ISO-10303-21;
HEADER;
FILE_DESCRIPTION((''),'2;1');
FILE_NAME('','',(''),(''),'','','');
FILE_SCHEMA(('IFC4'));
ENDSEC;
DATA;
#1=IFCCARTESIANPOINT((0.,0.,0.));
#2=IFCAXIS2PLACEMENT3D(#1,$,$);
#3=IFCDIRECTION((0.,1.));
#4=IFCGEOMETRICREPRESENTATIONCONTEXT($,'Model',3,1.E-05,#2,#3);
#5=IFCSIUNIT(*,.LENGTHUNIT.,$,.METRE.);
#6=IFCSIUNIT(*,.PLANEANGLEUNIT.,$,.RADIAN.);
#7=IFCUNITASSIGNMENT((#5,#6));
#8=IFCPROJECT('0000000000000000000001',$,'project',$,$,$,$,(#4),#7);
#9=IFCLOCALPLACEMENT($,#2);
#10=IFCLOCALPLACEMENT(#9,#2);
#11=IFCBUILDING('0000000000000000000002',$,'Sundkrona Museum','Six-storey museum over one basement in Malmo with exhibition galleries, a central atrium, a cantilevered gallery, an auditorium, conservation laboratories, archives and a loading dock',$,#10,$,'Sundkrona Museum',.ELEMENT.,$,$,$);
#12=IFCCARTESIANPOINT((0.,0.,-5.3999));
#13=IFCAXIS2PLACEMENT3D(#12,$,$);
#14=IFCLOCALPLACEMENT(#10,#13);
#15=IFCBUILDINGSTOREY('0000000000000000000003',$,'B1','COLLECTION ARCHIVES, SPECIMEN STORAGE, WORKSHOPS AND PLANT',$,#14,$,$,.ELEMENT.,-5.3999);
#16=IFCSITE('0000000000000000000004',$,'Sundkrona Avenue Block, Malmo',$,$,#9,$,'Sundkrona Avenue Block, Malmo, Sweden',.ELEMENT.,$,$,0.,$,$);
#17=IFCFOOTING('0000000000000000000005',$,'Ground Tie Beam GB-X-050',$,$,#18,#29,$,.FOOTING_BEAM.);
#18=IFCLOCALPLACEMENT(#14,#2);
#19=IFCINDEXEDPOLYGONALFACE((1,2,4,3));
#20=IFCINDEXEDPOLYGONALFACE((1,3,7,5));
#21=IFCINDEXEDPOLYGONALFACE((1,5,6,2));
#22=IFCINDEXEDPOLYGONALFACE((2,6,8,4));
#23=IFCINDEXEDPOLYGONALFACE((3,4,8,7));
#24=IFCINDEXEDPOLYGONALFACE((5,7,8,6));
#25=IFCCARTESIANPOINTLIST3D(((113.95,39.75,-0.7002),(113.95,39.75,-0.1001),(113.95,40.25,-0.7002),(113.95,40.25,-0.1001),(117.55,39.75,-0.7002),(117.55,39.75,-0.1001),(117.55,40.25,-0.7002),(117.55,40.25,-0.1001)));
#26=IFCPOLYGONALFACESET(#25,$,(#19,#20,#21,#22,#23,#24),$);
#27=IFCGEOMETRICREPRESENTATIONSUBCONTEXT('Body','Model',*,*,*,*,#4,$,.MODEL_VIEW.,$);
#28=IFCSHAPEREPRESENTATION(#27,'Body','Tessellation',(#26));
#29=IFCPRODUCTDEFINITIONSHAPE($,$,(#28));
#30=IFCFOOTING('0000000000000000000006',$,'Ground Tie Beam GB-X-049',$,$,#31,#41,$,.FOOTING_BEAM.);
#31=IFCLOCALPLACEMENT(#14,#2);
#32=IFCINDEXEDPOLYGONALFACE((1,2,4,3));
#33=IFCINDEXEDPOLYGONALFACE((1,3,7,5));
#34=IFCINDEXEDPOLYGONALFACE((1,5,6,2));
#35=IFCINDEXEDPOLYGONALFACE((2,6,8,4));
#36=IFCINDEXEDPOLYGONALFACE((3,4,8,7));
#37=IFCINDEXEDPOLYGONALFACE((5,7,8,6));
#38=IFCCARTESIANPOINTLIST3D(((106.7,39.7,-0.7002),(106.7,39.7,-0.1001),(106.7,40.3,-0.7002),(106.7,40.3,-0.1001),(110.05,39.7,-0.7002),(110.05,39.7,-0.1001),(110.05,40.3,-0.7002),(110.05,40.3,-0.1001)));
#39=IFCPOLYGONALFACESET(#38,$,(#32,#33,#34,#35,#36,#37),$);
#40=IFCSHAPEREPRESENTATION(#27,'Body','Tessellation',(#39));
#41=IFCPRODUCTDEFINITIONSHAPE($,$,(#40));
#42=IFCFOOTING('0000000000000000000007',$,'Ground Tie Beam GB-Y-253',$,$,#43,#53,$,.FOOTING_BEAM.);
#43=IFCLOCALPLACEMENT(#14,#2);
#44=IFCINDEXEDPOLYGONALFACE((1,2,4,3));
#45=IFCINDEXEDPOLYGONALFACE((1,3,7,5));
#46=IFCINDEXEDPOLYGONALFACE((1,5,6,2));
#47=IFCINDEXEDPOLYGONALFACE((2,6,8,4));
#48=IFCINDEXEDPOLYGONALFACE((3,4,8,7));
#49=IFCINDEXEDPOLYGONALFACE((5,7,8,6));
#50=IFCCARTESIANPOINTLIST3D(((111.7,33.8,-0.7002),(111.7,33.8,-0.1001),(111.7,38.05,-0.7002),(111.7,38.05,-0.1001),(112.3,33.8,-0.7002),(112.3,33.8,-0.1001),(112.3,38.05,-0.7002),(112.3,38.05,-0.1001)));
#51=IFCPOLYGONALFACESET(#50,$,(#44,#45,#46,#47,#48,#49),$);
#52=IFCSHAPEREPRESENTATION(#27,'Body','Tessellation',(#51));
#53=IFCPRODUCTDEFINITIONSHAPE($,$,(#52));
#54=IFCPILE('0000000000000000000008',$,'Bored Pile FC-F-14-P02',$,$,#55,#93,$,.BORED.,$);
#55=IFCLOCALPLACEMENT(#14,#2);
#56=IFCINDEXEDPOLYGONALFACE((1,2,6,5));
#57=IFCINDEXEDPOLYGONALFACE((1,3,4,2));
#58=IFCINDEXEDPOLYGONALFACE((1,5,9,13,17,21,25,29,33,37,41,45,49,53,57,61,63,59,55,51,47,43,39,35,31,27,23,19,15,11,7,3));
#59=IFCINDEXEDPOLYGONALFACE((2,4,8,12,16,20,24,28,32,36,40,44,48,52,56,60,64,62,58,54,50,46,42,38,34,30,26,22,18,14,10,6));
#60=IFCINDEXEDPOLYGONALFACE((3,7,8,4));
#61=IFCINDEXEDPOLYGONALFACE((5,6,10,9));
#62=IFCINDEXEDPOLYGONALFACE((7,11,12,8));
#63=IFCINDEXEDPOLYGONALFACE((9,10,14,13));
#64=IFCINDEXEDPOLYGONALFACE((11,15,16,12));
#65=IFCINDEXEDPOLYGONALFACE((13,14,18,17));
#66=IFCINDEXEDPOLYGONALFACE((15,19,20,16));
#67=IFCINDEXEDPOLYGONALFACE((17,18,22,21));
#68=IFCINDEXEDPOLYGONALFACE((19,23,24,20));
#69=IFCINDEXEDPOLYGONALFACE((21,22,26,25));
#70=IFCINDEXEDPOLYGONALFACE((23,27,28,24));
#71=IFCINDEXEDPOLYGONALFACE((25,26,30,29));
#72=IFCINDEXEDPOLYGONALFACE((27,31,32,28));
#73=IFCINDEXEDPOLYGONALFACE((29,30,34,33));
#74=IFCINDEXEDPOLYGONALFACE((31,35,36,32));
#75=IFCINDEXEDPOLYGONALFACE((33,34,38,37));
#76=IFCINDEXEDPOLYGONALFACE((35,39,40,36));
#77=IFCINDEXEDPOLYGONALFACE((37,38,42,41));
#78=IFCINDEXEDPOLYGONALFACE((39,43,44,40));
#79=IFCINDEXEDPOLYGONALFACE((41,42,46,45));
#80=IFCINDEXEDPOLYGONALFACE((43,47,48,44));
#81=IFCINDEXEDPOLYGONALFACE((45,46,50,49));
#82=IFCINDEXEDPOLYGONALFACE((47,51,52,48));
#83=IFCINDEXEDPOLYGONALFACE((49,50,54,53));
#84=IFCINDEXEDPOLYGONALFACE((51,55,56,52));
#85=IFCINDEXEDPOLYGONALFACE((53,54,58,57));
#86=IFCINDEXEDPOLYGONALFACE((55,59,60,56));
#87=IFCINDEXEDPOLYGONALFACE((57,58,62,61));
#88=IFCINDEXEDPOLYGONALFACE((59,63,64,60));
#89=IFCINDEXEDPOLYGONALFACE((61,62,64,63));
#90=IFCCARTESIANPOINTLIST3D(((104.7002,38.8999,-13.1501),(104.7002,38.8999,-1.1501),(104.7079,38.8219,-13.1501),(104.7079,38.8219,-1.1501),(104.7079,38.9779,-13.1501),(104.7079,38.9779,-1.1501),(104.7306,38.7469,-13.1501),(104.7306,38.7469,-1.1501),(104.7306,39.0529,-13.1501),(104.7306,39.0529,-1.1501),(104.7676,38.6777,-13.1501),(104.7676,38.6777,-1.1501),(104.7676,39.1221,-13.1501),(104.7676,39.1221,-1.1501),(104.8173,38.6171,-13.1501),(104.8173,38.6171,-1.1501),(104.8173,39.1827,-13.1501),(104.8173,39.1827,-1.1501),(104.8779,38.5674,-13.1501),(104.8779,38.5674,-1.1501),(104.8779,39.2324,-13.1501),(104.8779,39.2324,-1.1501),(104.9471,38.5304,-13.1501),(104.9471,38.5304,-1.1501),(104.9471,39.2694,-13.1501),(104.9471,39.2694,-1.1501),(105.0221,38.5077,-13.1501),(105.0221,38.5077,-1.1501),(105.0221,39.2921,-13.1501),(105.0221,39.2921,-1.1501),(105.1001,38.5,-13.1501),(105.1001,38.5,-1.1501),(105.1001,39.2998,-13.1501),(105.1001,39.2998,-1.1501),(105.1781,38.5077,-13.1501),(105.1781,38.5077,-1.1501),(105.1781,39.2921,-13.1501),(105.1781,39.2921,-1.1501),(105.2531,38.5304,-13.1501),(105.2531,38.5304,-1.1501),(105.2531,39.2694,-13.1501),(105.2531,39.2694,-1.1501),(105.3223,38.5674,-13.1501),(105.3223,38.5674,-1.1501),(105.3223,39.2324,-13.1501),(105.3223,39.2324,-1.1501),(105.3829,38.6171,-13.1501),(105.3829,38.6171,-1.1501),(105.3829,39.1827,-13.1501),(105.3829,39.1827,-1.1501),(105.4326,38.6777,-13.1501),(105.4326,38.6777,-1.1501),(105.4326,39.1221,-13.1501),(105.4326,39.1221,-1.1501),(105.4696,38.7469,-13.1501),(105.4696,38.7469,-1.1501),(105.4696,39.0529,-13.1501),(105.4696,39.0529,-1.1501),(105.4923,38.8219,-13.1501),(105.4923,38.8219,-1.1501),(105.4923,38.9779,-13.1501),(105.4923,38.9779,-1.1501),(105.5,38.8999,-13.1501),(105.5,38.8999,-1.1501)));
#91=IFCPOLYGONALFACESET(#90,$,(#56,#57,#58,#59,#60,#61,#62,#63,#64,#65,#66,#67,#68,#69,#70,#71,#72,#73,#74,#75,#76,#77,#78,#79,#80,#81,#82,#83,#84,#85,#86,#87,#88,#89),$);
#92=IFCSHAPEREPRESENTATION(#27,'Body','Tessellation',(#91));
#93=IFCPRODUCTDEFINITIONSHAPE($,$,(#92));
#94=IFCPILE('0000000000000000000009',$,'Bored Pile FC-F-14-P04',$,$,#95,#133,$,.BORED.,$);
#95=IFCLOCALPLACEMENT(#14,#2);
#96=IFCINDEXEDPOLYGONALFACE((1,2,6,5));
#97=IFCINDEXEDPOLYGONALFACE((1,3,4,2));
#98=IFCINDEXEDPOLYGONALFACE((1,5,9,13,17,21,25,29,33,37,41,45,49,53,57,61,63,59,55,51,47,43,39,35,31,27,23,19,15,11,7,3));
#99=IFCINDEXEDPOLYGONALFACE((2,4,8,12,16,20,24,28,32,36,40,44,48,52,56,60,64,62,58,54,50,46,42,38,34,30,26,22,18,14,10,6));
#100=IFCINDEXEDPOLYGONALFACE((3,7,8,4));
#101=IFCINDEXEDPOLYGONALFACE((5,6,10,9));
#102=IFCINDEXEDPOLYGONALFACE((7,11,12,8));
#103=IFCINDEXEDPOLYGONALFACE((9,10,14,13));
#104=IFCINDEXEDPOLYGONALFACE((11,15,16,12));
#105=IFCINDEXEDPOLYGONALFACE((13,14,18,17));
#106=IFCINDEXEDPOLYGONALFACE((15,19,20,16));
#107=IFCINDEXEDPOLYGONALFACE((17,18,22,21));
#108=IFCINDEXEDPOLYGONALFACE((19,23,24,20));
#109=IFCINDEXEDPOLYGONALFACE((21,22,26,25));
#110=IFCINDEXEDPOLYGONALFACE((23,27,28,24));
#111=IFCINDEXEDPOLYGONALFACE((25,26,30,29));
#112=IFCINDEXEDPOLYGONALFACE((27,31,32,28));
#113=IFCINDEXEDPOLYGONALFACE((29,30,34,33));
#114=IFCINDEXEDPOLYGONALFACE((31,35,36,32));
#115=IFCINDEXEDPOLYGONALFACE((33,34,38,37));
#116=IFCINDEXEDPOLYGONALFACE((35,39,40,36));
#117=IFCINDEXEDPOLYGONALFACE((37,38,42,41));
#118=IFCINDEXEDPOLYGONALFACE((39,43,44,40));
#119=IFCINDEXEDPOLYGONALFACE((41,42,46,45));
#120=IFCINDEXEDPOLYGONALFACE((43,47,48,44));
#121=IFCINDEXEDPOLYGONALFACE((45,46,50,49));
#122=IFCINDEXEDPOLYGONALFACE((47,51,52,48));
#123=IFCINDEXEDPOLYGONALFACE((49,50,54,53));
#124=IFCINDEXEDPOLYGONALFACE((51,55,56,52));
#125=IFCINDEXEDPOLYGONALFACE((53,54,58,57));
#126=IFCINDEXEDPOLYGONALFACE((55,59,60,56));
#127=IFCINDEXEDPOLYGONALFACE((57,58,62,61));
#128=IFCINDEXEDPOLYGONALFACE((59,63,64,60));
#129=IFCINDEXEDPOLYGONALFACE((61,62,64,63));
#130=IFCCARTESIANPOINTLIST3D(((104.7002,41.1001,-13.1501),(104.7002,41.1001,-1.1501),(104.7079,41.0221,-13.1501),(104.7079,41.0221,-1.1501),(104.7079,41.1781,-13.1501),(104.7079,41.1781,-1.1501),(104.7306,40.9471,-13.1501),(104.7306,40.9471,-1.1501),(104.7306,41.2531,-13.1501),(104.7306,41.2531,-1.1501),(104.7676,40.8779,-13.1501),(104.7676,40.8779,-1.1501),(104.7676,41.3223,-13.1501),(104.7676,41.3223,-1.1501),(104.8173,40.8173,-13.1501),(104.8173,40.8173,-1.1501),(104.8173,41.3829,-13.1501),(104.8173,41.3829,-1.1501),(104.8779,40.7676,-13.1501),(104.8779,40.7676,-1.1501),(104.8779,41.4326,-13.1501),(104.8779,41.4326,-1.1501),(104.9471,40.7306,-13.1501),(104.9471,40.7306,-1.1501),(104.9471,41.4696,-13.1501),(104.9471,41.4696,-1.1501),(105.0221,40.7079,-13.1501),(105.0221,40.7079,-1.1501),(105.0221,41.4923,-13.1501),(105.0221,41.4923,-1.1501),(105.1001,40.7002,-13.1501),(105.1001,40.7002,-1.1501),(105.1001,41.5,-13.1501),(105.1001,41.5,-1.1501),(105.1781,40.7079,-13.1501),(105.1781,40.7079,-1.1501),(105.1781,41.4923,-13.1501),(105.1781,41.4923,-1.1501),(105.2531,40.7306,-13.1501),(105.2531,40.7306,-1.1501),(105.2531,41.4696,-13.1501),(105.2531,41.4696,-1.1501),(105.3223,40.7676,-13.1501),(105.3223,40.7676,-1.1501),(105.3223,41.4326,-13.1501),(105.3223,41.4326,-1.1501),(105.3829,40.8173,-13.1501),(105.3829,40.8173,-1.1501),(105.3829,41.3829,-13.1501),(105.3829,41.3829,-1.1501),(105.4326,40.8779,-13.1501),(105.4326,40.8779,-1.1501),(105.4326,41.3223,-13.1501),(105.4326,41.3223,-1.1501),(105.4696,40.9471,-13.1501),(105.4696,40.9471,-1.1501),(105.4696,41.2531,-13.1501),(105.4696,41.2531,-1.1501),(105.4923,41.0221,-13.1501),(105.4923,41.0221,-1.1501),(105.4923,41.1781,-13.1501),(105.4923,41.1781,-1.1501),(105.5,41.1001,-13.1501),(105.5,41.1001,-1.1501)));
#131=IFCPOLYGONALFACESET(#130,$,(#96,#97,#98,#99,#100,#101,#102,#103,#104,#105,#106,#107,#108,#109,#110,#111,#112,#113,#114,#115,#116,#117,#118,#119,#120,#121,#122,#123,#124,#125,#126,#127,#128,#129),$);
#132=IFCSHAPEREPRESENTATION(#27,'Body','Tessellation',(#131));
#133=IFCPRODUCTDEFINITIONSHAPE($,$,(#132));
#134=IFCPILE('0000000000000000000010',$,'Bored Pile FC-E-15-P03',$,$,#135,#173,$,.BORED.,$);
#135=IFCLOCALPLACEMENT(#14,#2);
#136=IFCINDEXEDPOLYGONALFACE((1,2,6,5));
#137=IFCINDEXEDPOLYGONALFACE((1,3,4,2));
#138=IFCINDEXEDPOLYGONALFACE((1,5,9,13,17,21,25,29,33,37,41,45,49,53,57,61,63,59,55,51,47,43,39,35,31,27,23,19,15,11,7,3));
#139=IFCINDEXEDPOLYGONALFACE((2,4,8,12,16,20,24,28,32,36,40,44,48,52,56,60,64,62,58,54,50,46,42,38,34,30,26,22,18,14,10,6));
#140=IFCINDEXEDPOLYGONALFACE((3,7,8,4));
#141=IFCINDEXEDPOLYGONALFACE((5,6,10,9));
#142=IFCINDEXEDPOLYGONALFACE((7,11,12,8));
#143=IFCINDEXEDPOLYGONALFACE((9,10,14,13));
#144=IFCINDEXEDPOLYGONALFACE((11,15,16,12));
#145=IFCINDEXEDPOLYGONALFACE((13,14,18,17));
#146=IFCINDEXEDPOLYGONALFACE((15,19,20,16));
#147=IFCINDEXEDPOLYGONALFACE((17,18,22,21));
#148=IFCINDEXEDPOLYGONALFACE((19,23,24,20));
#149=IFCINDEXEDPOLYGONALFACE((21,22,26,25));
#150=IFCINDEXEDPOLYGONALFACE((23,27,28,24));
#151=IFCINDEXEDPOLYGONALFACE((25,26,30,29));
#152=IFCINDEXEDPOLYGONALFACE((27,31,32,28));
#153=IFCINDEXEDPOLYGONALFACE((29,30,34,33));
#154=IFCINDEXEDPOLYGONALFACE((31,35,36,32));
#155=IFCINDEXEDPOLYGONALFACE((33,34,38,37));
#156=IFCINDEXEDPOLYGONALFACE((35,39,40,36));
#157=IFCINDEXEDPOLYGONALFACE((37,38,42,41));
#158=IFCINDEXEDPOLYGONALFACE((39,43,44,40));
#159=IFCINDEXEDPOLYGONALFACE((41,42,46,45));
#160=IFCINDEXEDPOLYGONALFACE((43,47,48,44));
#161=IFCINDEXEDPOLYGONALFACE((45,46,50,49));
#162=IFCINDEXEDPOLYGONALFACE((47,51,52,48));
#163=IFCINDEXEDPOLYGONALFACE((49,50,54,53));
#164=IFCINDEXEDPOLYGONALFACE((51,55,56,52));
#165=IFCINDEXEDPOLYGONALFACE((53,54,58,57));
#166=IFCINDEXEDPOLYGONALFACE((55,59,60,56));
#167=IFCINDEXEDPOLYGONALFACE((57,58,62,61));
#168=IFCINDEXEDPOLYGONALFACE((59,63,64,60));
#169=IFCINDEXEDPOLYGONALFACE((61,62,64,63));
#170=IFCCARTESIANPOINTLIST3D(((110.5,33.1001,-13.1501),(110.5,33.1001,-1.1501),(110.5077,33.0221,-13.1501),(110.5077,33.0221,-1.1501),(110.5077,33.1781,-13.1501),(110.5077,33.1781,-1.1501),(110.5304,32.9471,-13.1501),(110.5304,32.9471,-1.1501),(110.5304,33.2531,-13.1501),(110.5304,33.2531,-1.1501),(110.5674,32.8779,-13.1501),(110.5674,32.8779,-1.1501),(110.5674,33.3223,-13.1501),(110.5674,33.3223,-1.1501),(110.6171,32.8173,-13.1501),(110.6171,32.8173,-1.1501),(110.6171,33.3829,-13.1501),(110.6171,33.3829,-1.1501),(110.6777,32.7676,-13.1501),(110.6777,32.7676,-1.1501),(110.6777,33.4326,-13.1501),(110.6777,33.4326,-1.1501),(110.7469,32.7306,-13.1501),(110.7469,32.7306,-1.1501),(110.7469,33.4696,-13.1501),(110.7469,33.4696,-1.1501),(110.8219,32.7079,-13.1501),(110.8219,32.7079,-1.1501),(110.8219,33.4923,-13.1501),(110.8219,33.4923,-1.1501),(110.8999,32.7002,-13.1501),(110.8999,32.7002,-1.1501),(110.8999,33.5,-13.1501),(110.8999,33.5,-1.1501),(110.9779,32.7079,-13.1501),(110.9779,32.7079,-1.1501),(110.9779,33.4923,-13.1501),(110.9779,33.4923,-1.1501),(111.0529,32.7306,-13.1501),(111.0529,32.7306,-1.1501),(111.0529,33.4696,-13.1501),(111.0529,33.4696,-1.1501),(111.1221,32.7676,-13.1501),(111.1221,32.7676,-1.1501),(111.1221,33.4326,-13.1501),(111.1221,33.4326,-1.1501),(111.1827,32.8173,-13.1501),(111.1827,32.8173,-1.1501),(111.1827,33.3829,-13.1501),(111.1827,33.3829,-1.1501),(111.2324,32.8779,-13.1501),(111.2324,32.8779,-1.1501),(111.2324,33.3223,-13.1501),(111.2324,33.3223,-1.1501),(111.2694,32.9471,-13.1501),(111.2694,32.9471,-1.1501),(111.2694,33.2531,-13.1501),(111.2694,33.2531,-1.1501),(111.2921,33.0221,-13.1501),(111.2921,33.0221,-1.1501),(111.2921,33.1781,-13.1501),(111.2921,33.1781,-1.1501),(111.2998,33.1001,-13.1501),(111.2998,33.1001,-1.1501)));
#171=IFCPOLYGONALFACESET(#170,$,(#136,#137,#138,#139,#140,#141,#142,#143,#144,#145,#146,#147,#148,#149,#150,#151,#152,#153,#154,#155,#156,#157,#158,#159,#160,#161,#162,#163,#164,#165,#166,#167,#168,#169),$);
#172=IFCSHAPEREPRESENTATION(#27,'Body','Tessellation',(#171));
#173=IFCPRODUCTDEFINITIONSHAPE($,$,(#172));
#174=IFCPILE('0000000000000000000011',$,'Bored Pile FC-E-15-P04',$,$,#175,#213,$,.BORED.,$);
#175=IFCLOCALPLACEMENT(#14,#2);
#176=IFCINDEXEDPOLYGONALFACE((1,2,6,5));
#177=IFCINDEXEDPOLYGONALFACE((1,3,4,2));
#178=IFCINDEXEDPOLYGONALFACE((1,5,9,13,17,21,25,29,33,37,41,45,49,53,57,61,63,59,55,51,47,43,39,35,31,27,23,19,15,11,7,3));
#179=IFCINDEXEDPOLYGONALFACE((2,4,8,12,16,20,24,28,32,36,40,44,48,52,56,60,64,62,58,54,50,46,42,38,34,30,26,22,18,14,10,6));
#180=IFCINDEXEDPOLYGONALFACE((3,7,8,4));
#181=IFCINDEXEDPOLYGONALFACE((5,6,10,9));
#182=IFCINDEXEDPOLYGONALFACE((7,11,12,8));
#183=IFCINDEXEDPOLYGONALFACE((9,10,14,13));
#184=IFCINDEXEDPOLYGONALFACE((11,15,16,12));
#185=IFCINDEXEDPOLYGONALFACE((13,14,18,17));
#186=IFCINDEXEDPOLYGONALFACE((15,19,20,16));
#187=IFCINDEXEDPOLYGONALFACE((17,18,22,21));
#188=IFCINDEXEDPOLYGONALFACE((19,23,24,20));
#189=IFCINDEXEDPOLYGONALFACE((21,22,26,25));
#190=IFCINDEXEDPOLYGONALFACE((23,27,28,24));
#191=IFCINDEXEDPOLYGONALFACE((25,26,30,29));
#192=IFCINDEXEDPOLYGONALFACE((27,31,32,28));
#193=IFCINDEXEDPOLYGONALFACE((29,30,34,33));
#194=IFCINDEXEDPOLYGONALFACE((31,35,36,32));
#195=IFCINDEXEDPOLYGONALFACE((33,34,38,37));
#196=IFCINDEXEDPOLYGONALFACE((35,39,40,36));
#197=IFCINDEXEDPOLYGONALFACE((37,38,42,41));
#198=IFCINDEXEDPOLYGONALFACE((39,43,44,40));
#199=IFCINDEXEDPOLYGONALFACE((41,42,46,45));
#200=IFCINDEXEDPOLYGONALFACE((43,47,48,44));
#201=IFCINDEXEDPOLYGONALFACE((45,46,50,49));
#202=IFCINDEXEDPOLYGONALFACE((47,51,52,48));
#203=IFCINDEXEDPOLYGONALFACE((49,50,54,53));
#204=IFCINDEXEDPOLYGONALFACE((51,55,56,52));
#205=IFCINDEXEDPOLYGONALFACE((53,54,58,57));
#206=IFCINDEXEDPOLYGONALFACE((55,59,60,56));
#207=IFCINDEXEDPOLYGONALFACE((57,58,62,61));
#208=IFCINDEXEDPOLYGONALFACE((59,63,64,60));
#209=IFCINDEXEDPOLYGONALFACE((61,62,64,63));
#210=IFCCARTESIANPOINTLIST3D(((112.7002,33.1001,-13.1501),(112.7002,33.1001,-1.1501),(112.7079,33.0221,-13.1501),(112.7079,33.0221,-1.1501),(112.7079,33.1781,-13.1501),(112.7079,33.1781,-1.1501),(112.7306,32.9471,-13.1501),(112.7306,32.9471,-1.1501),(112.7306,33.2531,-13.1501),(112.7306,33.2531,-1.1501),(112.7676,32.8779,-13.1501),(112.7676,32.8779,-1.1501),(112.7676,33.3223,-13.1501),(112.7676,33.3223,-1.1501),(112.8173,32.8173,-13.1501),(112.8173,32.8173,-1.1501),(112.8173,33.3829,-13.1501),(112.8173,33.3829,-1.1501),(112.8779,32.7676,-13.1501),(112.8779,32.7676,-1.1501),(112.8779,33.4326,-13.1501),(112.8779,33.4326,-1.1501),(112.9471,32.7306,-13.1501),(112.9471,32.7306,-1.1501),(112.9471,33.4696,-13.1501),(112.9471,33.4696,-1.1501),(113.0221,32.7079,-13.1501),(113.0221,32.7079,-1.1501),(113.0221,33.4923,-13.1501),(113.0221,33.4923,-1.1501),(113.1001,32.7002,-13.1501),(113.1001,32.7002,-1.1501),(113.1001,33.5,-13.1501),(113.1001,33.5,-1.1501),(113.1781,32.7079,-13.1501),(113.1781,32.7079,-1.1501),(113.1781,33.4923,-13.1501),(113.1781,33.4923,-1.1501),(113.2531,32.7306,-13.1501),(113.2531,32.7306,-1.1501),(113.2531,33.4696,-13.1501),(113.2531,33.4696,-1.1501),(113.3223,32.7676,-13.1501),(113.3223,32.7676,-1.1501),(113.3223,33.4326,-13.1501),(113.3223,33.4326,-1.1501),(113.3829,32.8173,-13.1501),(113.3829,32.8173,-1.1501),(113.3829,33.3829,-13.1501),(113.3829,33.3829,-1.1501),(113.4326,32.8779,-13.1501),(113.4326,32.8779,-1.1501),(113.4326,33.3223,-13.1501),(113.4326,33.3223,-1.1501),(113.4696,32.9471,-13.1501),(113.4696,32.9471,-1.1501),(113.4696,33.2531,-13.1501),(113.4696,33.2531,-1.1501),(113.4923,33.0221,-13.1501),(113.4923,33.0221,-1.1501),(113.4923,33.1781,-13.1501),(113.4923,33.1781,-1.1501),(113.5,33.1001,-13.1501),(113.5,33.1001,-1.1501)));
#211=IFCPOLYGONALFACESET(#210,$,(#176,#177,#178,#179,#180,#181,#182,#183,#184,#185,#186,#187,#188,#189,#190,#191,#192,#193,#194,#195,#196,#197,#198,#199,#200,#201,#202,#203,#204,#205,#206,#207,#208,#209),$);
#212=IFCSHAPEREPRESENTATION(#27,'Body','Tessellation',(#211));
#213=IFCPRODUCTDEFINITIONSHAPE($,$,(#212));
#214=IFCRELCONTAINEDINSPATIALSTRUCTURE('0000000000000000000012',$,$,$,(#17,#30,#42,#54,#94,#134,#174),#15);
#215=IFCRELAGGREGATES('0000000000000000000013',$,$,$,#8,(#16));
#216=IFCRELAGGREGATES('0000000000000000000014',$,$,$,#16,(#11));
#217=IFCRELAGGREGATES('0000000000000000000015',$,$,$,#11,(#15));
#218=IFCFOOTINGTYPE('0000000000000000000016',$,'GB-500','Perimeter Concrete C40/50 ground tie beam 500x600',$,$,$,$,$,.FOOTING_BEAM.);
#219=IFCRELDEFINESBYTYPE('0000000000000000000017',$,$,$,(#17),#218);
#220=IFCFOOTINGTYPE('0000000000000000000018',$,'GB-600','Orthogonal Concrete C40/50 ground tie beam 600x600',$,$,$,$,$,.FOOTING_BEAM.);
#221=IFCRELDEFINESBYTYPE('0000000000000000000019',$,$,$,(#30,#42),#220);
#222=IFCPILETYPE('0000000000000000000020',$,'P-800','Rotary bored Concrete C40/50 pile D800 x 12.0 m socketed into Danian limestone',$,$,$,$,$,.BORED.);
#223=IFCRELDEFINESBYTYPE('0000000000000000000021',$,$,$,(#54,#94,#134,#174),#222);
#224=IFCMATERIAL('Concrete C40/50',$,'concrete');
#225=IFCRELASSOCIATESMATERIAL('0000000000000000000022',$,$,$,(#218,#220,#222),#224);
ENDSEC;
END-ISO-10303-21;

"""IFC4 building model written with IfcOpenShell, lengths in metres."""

from ifc_helpers import new_model, si_unit, direction, frame, origin, origin_2d, place, context, subcontext, project, spatial, rectangle, circle, extrude, material, material_profile, profile_set, type_object, element, save


model = new_model("IFC4")

# Units and contexts
model_context = context("Model", 3, precision=1e-05, world=origin(), true_north=direction((0.0, 1.0)))
body_context = subcontext(model_context, "Body", "Model", "MODEL_VIEW")
ifc_project = project(units=[si_unit("LENGTHUNIT", "METRE"), si_unit("PLANEANGLEUNIT", "RADIAN")], contexts=[model_context])

# Site, building, storey
site_placement = place(None, origin())
site = spatial("IfcSite", under=ifc_project, at=site_placement, Name="Sundkrona Avenue Block, Malmo", LongName="Sundkrona Avenue Block, Malmo, Sweden", CompositionType="ELEMENT", RefElevation=0.0)
building_placement = place(site_placement, origin())
building = spatial("IfcBuilding", under=site, at=building_placement, Name="Sundkrona Museum", Description="Six-storey museum over one basement in Malmo with exhibition galleries, a central atrium, a cantilevered gallery, an auditorium, conservation laboratories, archives and a loading dock", LongName="Sundkrona Museum", CompositionType="ELEMENT")
storey_placement = place(building_placement, frame((0.0, 0.0, -5.3999)))
storey = spatial("IfcBuildingStorey", under=building, at=storey_placement, Name="B1", Description="COLLECTION ARCHIVES, SPECIMEN STORAGE, WORKSHOPS AND PLANT", CompositionType="ELEMENT", Elevation=-5.3999)

# Footings
ifc_material = material(Name="Concrete C40/50", Category="concrete")
footing_type_1 = type_object("IfcFootingType", Name="GB-500", Description="Perimeter Concrete C40/50 ground tie beam 500x600", PredefinedType="FOOTING_BEAM", material=ifc_material)
footing_1_placement = place(storey_placement, frame((115.75, 40.0, -0.7002), z_axis=(0.0, 0.0, 1.0), x_axis=(1.0, 0.0, 0.0)))
element("IfcFooting", 1, at=footing_1_placement, inside=storey, type_object=footing_type_1, Name="Ground Tie Beam GB-X-050", PredefinedType="FOOTING_BEAM", context=body_context, shape_type="SweptSolid", body=[
    extrude(rectangle(XDim=3.6001, YDim=0.5, at=origin_2d()), origin(), (0.0, 0.0, 1.0), 0.6001),
])
footing_type_2 = type_object("IfcFootingType", Name="GB-600", Description="Orthogonal Concrete C40/50 ground tie beam 600x600", PredefinedType="FOOTING_BEAM", material=ifc_material)
footing_2_placement = place(storey_placement, frame((108.375, 40.0, -0.7002), z_axis=(0.0, 0.0, 1.0), x_axis=(1.0, 0.0, 0.0)))
element("IfcFooting", 2, at=footing_2_placement, inside=storey, type_object=footing_type_2, Name="Ground Tie Beam GB-X-049", PredefinedType="FOOTING_BEAM", context=body_context, shape_type="SweptSolid", body=[
    extrude(rectangle(XDim=3.3501, YDim=0.6001, at=origin_2d()), origin(), (0.0, 0.0, 1.0), 0.6001),
])
footing_3_placement = place(storey_placement, frame((112.0, 35.925, -0.7002), z_axis=(0.0, 0.0, 1.0), x_axis=(0.0, 1.0, 0.0)))
element("IfcFooting", 3, at=footing_3_placement, inside=storey, type_object=footing_type_2, Name="Ground Tie Beam GB-Y-253", PredefinedType="FOOTING_BEAM", context=body_context, shape_type="SweptSolid", body=[
    extrude(rectangle(XDim=4.25, YDim=0.6001, at=origin_2d()), origin(), (0.0, 0.0, 1.0), 0.6001),
])

# Piles
ifc_material_profile_1 = material_profile(ifc_material, circle(Radius=0.3999, at=origin_2d()), Name="PILE D800")
ifc_profile_set_1 = profile_set([ifc_material_profile_1], Name="Concrete C40/50")
pile_type = type_object("IfcPileType", Name="P-800", Description="Rotary bored Concrete C40/50 pile D800 x 12.0 m socketed into Danian limestone", PredefinedType="BORED", material=ifc_profile_set_1)
for number, where, z_axis, x_axis, name in (
    (4, (105.1001, 38.8999, -1.1501), (0.0, 0.0, -1.0), (1.0, 0.0, 0.0), "Bored Pile FC-F-14-P02"),
    (5, (105.1001, 41.1001, -1.1501), (0.0, 0.0, -1.0), (1.0, 0.0, 0.0), "Bored Pile FC-F-14-P04"),
    (6, (110.8999, 33.1001, -1.1501), (0.0, 0.0, -1.0), (1.0, 0.0, 0.0), "Bored Pile FC-E-15-P03"),
    (7, (113.1001, 33.1001, -1.1501), (0.0, 0.0, -1.0), (1.0, 0.0, 0.0), "Bored Pile FC-E-15-P04"),
):
    element("IfcPile", number, at=place(storey_placement, frame(where, z_axis=z_axis, x_axis=x_axis)), inside=storey, type_object=pile_type, Name=name, PredefinedType="BORED", context=body_context, shape_type="SweptSolid", body=[
        extrude(circle(Radius=0.3999, at=origin_2d()), origin(), (0.0, 0.0, 1.0), 12.0),
    ])

save(model, "model.ifc")
